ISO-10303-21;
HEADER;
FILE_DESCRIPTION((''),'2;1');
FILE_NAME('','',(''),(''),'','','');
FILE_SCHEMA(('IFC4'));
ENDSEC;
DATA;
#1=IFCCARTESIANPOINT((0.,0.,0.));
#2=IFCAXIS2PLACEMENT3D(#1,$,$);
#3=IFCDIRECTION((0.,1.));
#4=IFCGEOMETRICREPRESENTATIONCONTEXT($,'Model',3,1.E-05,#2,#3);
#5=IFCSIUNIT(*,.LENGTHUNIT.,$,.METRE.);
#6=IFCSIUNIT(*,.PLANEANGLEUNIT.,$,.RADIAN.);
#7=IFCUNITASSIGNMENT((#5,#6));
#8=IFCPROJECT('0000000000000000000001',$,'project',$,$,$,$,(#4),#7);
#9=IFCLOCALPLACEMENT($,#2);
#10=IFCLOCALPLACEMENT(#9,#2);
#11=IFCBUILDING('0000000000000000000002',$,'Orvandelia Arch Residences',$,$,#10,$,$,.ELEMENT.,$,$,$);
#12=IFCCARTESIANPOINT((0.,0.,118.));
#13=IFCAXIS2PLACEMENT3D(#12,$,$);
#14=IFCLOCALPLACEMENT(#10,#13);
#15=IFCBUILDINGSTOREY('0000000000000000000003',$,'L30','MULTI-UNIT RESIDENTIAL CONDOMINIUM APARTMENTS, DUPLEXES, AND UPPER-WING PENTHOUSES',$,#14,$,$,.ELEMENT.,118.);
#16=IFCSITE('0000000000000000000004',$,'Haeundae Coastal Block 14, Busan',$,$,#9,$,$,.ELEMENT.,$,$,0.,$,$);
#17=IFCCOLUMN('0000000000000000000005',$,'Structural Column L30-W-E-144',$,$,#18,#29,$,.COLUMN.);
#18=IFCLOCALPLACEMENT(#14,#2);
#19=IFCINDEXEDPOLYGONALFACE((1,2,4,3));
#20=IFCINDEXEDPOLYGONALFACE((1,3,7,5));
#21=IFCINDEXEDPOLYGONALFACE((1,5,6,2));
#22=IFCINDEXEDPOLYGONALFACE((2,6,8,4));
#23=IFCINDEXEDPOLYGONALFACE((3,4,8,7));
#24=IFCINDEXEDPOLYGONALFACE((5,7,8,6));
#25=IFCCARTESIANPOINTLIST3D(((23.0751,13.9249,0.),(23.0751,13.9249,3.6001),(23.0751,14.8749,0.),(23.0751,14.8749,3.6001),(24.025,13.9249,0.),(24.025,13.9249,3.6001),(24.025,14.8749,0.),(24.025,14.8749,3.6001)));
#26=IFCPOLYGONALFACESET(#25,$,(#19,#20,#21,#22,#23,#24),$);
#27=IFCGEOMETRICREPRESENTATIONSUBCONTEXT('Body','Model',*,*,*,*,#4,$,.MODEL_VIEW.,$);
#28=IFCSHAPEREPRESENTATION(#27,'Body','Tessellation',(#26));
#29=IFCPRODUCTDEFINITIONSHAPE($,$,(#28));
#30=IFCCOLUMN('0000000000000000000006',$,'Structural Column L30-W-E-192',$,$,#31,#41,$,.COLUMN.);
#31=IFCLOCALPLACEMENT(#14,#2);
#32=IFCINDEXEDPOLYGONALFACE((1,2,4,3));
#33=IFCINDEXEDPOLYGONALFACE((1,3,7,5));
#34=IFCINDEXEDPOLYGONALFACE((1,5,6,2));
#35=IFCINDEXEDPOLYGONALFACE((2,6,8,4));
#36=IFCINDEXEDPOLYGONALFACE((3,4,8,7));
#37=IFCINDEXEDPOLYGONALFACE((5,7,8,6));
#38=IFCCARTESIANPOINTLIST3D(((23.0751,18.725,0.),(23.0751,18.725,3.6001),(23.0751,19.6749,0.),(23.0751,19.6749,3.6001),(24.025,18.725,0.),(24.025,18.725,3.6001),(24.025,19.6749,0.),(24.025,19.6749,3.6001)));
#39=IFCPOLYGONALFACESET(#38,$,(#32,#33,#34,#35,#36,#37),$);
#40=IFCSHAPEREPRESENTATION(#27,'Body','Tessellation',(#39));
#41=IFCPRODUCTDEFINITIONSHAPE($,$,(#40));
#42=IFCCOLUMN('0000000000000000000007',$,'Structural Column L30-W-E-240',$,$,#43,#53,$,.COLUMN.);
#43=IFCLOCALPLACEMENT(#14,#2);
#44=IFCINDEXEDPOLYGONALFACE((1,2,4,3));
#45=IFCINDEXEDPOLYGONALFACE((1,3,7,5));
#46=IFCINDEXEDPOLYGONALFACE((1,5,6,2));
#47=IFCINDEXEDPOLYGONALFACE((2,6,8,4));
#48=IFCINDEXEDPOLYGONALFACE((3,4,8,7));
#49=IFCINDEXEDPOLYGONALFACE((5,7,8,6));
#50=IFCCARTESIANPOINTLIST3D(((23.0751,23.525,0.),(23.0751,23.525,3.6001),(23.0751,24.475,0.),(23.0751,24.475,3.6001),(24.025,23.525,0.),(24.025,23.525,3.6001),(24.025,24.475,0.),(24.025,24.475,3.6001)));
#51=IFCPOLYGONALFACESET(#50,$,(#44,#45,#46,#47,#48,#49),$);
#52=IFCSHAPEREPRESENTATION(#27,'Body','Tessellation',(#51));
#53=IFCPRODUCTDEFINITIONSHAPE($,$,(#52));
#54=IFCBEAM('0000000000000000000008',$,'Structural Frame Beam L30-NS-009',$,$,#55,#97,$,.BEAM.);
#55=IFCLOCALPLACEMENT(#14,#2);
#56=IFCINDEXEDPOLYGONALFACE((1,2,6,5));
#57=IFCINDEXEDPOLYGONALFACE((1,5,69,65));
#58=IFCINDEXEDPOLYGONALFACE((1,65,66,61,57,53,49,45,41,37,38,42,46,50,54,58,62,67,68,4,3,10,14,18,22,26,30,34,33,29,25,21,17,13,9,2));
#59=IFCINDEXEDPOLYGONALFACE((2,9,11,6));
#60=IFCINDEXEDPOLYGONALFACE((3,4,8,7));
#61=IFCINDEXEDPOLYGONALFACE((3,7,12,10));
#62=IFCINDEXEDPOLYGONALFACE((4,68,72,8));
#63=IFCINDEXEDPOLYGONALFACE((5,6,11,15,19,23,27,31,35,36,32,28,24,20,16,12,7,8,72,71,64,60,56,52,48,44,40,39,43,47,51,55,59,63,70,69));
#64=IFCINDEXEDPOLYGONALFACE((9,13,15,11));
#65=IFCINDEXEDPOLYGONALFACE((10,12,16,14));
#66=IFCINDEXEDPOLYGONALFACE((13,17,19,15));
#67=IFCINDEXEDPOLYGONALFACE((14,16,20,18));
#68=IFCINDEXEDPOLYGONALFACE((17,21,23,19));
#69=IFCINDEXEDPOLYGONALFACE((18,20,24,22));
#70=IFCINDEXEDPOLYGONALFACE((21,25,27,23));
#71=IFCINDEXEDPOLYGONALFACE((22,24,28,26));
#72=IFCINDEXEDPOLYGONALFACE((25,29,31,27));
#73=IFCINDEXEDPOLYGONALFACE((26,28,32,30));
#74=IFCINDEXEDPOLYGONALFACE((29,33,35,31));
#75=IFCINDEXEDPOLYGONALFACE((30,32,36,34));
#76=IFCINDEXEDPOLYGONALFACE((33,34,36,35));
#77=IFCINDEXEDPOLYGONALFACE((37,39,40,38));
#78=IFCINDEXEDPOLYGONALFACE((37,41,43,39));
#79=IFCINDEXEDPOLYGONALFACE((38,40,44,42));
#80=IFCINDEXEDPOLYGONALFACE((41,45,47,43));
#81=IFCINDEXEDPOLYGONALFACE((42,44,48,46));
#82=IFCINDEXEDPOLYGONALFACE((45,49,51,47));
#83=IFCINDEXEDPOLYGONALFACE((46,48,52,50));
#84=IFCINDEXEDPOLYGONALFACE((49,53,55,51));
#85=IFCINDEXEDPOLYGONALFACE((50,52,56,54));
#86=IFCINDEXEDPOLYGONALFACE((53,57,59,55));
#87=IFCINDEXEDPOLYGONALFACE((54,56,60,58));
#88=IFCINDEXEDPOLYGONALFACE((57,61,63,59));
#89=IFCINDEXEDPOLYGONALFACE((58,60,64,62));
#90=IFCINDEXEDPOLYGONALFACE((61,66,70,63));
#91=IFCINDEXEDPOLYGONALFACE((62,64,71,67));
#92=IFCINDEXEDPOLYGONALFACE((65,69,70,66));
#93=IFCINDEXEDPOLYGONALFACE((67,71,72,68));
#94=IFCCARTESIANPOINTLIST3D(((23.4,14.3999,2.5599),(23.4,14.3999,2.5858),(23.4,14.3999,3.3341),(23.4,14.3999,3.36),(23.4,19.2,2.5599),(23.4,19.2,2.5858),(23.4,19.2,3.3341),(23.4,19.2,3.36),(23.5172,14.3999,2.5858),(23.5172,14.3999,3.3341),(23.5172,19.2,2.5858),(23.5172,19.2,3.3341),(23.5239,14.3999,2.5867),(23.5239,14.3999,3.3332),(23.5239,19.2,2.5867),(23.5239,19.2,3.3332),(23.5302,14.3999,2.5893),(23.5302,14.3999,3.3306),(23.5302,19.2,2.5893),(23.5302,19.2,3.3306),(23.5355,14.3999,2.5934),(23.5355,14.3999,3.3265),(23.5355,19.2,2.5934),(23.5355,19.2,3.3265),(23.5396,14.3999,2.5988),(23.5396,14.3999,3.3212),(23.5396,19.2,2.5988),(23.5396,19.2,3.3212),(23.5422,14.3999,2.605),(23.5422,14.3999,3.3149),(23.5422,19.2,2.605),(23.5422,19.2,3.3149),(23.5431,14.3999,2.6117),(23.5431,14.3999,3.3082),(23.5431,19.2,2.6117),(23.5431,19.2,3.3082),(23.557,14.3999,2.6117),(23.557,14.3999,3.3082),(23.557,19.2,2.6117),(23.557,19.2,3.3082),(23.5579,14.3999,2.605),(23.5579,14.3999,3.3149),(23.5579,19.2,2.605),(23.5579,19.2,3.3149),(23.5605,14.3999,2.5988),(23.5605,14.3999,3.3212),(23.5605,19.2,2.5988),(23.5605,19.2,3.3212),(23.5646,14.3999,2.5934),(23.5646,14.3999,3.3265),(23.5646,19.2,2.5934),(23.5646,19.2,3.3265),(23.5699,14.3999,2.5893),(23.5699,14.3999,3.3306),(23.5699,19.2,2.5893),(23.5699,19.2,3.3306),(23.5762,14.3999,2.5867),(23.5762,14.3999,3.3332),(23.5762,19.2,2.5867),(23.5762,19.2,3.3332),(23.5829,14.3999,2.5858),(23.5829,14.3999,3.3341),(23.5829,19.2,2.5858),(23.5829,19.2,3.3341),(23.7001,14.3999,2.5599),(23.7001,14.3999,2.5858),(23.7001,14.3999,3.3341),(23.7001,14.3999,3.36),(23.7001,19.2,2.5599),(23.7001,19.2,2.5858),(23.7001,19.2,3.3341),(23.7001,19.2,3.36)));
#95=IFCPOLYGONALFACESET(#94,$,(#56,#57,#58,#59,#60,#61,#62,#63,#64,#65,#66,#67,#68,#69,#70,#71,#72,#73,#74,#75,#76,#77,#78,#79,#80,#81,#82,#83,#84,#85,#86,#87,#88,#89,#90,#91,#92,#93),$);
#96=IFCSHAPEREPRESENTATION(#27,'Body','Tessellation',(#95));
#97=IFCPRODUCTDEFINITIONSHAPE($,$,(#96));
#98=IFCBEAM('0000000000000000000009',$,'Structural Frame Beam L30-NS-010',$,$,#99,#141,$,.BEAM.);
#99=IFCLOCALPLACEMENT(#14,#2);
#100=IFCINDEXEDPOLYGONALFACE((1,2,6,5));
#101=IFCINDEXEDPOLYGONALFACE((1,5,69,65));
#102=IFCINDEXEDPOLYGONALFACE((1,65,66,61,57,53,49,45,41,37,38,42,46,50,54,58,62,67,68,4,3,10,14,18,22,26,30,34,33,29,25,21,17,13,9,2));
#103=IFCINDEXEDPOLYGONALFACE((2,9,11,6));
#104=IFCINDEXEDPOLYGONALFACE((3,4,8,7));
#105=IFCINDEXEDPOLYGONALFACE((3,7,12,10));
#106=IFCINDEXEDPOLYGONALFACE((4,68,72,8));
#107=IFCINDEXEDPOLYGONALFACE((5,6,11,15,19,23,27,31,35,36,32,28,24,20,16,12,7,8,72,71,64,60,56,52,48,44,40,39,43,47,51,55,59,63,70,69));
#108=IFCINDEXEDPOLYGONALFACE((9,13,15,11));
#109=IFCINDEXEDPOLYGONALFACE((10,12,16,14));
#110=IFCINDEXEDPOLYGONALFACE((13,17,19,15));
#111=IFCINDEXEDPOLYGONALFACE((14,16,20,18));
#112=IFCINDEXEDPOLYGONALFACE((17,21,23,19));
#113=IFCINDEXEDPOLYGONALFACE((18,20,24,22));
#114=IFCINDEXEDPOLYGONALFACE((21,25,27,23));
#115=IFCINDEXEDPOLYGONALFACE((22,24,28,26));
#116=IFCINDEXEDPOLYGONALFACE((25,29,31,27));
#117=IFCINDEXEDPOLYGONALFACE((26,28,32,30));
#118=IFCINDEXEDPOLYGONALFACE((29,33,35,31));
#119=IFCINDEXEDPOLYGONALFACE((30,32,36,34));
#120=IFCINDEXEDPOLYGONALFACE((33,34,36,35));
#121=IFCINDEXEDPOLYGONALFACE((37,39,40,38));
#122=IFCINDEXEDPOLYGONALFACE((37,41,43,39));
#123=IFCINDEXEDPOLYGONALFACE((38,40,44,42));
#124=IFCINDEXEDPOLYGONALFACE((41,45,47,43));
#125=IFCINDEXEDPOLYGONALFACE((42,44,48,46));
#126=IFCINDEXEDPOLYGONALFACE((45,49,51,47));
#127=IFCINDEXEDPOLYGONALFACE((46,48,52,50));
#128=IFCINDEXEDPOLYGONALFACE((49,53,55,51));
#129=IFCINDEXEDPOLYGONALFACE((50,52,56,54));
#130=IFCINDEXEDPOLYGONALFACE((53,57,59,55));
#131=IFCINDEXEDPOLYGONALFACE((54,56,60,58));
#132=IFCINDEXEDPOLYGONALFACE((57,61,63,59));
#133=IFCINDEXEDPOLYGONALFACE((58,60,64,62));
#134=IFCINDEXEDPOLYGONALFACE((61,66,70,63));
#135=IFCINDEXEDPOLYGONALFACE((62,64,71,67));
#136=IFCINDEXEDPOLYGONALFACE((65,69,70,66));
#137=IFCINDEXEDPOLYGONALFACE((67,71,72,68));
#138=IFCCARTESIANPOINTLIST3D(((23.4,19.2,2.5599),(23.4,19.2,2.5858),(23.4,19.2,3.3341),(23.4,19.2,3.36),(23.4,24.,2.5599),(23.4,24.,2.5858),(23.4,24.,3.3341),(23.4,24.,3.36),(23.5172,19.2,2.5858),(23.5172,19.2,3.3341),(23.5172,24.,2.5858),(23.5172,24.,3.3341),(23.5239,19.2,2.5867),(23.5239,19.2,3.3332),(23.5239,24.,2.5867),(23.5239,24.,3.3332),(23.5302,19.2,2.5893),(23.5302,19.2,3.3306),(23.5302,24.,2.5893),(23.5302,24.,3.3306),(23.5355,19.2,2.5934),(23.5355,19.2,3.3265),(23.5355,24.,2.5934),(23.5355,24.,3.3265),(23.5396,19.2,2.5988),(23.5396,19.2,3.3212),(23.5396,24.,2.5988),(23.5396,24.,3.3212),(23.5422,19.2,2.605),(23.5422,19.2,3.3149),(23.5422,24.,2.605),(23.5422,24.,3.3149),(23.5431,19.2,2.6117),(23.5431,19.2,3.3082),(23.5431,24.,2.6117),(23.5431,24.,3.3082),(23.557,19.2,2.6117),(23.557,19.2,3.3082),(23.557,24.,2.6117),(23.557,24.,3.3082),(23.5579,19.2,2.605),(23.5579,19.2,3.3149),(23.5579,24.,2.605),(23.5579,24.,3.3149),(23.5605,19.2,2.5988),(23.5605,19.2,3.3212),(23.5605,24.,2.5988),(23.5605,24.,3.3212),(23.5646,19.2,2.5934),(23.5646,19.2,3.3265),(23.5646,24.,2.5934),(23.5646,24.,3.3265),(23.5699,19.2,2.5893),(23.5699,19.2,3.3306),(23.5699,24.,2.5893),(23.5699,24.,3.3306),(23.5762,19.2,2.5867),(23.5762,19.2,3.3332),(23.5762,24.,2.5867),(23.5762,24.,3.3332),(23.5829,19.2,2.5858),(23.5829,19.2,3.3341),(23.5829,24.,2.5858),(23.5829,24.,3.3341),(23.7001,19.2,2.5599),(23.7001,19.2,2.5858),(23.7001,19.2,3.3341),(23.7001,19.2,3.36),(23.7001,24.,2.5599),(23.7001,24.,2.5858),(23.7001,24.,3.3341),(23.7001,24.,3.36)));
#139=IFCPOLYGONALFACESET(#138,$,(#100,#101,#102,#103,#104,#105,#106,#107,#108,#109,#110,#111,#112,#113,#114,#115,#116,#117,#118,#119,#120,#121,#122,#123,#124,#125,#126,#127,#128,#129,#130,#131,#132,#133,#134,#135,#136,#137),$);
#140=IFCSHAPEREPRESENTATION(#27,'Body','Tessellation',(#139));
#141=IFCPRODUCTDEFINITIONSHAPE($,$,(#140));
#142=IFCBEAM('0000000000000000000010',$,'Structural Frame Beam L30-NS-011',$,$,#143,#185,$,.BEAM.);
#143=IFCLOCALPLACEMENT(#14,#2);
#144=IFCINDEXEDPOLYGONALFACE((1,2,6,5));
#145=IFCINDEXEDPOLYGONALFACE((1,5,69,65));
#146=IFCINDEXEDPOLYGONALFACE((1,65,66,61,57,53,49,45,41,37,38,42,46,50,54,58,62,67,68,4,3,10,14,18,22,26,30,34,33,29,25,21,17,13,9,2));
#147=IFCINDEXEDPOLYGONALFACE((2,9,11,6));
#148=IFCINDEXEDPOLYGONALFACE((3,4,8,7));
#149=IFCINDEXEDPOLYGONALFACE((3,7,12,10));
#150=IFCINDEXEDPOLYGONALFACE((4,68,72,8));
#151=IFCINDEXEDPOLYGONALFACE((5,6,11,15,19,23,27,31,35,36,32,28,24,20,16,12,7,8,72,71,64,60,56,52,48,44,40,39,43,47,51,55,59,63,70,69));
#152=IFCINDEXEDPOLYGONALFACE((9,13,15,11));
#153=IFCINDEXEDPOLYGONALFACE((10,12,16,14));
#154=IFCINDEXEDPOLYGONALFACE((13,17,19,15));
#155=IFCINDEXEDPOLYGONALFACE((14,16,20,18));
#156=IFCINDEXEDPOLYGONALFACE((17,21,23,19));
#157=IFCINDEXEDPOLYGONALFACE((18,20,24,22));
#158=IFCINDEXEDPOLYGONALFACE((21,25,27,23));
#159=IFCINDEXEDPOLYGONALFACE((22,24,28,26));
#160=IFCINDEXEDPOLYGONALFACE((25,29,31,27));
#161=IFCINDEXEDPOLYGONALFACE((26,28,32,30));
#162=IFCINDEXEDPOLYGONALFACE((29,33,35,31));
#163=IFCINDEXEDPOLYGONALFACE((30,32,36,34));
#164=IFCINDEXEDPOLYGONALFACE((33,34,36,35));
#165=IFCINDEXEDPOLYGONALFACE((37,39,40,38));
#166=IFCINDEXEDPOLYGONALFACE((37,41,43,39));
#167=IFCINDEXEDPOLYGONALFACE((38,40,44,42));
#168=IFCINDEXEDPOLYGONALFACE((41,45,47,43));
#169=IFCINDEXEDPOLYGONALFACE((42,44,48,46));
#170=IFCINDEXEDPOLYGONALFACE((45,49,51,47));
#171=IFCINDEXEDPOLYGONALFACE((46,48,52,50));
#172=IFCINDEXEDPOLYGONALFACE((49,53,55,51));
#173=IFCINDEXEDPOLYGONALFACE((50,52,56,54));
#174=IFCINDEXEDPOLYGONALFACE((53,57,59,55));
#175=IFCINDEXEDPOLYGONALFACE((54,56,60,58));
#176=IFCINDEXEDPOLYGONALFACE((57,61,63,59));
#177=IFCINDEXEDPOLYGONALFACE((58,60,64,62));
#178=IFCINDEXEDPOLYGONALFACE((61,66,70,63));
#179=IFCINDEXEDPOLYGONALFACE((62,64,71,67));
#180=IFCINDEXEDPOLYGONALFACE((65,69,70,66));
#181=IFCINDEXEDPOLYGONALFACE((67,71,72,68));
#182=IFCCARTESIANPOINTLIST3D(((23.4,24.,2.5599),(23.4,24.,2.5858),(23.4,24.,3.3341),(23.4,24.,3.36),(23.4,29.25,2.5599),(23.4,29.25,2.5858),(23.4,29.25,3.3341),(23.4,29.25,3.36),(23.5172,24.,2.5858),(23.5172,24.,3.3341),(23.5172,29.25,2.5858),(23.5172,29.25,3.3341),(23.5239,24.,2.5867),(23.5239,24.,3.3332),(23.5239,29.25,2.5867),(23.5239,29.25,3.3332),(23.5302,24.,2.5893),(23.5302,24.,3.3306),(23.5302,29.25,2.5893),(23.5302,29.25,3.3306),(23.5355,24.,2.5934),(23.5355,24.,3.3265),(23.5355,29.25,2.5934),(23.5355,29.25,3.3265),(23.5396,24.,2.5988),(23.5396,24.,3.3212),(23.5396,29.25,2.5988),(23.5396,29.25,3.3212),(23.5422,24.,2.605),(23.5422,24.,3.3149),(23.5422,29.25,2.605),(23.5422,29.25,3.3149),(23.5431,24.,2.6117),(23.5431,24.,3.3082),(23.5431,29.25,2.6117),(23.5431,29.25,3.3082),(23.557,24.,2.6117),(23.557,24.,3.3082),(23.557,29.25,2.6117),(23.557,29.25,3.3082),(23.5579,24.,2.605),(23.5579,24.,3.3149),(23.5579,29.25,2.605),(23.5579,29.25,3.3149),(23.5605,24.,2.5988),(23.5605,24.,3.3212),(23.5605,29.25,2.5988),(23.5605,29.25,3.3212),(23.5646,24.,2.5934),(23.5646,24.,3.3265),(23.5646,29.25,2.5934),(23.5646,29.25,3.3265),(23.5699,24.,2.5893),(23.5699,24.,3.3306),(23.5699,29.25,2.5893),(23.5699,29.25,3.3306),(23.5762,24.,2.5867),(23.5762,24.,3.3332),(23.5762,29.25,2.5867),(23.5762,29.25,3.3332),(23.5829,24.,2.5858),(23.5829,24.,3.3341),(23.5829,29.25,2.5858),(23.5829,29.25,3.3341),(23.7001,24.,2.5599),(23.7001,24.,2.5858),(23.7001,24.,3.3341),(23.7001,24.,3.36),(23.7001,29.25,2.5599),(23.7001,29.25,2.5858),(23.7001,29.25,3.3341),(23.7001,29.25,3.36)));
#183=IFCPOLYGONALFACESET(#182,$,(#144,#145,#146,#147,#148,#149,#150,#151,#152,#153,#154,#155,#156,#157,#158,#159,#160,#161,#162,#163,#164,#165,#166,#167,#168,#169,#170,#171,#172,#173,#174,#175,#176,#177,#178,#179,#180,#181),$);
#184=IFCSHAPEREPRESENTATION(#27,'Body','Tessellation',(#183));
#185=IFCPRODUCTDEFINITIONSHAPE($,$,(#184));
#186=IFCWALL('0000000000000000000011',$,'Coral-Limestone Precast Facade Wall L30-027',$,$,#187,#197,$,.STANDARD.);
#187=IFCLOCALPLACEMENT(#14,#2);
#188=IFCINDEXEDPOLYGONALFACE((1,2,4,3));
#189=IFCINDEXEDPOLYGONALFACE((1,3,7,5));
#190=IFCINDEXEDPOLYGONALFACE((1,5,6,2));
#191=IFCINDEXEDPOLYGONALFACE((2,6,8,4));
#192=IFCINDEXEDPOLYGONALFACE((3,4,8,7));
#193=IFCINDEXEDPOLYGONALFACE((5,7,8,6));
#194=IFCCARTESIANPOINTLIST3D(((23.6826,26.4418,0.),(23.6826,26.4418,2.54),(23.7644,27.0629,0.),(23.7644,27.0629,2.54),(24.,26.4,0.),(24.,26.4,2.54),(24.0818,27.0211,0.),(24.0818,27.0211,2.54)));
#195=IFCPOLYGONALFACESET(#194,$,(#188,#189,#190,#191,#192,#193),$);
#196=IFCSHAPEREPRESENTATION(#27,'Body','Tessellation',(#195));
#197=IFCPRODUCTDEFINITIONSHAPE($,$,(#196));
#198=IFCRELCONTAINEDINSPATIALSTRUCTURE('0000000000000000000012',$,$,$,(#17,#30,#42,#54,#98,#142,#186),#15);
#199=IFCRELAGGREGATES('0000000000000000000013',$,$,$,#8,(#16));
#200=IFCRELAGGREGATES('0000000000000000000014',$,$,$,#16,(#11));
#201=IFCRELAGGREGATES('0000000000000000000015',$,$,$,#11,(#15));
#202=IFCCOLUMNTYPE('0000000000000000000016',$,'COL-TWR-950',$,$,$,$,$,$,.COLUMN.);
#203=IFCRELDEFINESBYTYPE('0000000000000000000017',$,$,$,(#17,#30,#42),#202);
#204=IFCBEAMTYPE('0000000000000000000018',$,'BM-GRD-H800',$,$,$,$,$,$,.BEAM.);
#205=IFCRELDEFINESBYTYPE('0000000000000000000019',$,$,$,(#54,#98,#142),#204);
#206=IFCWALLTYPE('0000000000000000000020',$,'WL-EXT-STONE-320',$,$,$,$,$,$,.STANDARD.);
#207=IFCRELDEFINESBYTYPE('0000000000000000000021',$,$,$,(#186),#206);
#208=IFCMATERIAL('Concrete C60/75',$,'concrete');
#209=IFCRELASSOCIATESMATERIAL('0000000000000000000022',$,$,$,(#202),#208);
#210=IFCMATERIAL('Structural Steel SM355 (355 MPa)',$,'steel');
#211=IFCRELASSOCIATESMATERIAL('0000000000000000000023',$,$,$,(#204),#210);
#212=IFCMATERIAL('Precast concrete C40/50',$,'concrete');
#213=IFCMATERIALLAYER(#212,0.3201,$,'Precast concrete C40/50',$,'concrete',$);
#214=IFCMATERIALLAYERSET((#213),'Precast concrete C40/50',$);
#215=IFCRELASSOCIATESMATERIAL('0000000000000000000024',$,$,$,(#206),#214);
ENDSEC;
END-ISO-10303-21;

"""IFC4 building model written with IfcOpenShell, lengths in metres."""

from ifc_helpers import new_model, si_unit, direction, frame, frame_2d, origin, origin_2d, place, context, subcontext, project, spatial, rectangle, i_section, extrude, material, layer, layer_set, material_profile, profile_set, type_object, element, save


model = new_model("IFC4")

# Units and contexts
model_context = context("Model", 3, precision=1e-05, world=origin(), true_north=direction((0.0, 1.0)))
body_context = subcontext(model_context, "Body", "Model", "MODEL_VIEW")
ifc_project = project(units=[si_unit("LENGTHUNIT", "METRE"), si_unit("PLANEANGLEUNIT", "RADIAN")], contexts=[model_context])

# Site, building, storey
site_placement = place(None, origin())
site = spatial("IfcSite", under=ifc_project, at=site_placement, Name="Haeundae Coastal Block 14, Busan", CompositionType="ELEMENT", RefElevation=0.0)
building_placement = place(site_placement, origin())
building = spatial("IfcBuilding", under=site, at=building_placement, Name="Orvandelia Arch Residences", CompositionType="ELEMENT")
storey_placement = place(building_placement, frame((0.0, 0.0, 118.0)))
storey = spatial("IfcBuildingStorey", under=building, at=storey_placement, Name="L30", Description="MULTI-UNIT RESIDENTIAL CONDOMINIUM APARTMENTS, DUPLEXES, AND UPPER-WING PENTHOUSES", CompositionType="ELEMENT", Elevation=118.0)

# Columns
ifc_material_1 = material(Name="Concrete C60/75", Category="concrete")
ifc_material_profile_1 = material_profile(ifc_material_1, rectangle(XDim=0.95, YDim=0.95, at=origin_2d()), Name="Concrete C60/75", Category="concrete")
ifc_profile_set_1 = profile_set([ifc_material_profile_1], Name="Concrete C60/75")
column_type = type_object("IfcColumnType", Name="COL-TWR-950", PredefinedType="COLUMN", material=ifc_profile_set_1)
for number, where, z_axis, x_axis, name in (
    (1, (23.55, 14.3999, 0.0), (0.0, 0.0, 1.0), (1.0, 0.0, 0.0), "Structural Column L30-W-E-144"),
    (2, (23.55, 19.2, 0.0), (0.0, 0.0, 1.0), (1.0, 0.0, 0.0), "Structural Column L30-W-E-192"),
    (3, (23.55, 24.0, 0.0), (0.0, 0.0, 1.0), (1.0, 0.0, 0.0), "Structural Column L30-W-E-240"),
):
    element("IfcColumn", number, at=place(storey_placement, frame(where, z_axis=z_axis, x_axis=x_axis)), inside=storey, type_object=column_type, Name=name, PredefinedType="COLUMN", context=body_context, shape_type="SweptSolid", body=[
        extrude(rectangle(XDim=0.95, YDim=0.95, at=origin_2d()), origin(), (0.0, 0.0, 1.0), 3.6001),
    ])

# Beams
ifc_material_2 = material(Name="Structural Steel SM355 (355 MPa)", Category="steel")
ifc_material_profile_2 = material_profile(ifc_material_2, i_section(OverallWidth=0.3, OverallDepth=0.8, WebThickness=0.0139, FlangeThickness=0.0259, FilletRadius=0.0259, at=origin_2d()), Name="Structural Steel SM355 (355 MPa)", Category="steel")
ifc_profile_set_2 = profile_set([ifc_material_profile_2], Name="Structural Steel SM355 (355 MPa)")
beam_type = type_object("IfcBeamType", Name="BM-GRD-H800", PredefinedType="BEAM", material=ifc_profile_set_2)
for number, where, z_axis, x_axis, name in (
    (4, (23.55, 14.3999, 2.96), (0.0, 1.0, 0.0), (-1.0, 0.0, 0.0), "Structural Frame Beam L30-NS-009"),
    (5, (23.55, 19.2, 2.96), (0.0, 1.0, 0.0), (-1.0, 0.0, 0.0), "Structural Frame Beam L30-NS-010"),
):
    element("IfcBeam", number, at=place(storey_placement, frame(where, z_axis=z_axis, x_axis=x_axis)), inside=storey, type_object=beam_type, Name=name, PredefinedType="BEAM", context=body_context, shape_type="SweptSolid", body=[
        extrude(i_section(OverallWidth=0.3, OverallDepth=0.8, WebThickness=0.0139, FlangeThickness=0.0259, FilletRadius=0.0259, at=origin_2d()), origin(), (0.0, 0.0, 1.0), 4.8),
    ])
beam_placement = place(storey_placement, frame((23.55, 24.0, 2.96), z_axis=(0.0, 1.0, 0.0), x_axis=(-1.0, 0.0, 0.0)))
element("IfcBeam", 6, at=beam_placement, inside=storey, type_object=beam_type, Name="Structural Frame Beam L30-NS-011", PredefinedType="BEAM", context=body_context, shape_type="SweptSolid", body=[
    extrude(i_section(OverallWidth=0.3, OverallDepth=0.8, WebThickness=0.0139, FlangeThickness=0.0259, FilletRadius=0.0259, at=origin_2d()), origin(), (0.0, 0.0, 1.0), 5.25),
])

# Wall
ifc_material_3 = material(Name="Precast concrete C40/50", Category="concrete")
ifc_layer = layer(ifc_material_3, 0.3201, Name="Precast concrete C40/50", Category="concrete")
ifc_layer_set = layer_set([ifc_layer], Name="Precast concrete C40/50")
wall_type = type_object("IfcWallType", Name="WL-EXT-STONE-320", PredefinedType="STANDARD", material=ifc_layer_set)
wall_1_placement = place(storey_placement, frame((23.9231, 27.042, 0.0), z_axis=(0.0, 0.0, 1.0), x_axis=(-0.130555, -0.991441, 0.0)))
element("IfcWall", 7, at=wall_1_placement, inside=storey, type_object=wall_type, Name="Coral-Limestone Precast Facade Wall L30-027", PredefinedType="STANDARD", context=body_context, shape_type="SweptSolid", body=[
    extrude(rectangle(XDim=0.6265, YDim=0.3201, at=frame_2d((0.3132, 0.0))), origin(), (0.0, 0.0, 1.0), 2.54),
])

save(model, "model.ifc")
